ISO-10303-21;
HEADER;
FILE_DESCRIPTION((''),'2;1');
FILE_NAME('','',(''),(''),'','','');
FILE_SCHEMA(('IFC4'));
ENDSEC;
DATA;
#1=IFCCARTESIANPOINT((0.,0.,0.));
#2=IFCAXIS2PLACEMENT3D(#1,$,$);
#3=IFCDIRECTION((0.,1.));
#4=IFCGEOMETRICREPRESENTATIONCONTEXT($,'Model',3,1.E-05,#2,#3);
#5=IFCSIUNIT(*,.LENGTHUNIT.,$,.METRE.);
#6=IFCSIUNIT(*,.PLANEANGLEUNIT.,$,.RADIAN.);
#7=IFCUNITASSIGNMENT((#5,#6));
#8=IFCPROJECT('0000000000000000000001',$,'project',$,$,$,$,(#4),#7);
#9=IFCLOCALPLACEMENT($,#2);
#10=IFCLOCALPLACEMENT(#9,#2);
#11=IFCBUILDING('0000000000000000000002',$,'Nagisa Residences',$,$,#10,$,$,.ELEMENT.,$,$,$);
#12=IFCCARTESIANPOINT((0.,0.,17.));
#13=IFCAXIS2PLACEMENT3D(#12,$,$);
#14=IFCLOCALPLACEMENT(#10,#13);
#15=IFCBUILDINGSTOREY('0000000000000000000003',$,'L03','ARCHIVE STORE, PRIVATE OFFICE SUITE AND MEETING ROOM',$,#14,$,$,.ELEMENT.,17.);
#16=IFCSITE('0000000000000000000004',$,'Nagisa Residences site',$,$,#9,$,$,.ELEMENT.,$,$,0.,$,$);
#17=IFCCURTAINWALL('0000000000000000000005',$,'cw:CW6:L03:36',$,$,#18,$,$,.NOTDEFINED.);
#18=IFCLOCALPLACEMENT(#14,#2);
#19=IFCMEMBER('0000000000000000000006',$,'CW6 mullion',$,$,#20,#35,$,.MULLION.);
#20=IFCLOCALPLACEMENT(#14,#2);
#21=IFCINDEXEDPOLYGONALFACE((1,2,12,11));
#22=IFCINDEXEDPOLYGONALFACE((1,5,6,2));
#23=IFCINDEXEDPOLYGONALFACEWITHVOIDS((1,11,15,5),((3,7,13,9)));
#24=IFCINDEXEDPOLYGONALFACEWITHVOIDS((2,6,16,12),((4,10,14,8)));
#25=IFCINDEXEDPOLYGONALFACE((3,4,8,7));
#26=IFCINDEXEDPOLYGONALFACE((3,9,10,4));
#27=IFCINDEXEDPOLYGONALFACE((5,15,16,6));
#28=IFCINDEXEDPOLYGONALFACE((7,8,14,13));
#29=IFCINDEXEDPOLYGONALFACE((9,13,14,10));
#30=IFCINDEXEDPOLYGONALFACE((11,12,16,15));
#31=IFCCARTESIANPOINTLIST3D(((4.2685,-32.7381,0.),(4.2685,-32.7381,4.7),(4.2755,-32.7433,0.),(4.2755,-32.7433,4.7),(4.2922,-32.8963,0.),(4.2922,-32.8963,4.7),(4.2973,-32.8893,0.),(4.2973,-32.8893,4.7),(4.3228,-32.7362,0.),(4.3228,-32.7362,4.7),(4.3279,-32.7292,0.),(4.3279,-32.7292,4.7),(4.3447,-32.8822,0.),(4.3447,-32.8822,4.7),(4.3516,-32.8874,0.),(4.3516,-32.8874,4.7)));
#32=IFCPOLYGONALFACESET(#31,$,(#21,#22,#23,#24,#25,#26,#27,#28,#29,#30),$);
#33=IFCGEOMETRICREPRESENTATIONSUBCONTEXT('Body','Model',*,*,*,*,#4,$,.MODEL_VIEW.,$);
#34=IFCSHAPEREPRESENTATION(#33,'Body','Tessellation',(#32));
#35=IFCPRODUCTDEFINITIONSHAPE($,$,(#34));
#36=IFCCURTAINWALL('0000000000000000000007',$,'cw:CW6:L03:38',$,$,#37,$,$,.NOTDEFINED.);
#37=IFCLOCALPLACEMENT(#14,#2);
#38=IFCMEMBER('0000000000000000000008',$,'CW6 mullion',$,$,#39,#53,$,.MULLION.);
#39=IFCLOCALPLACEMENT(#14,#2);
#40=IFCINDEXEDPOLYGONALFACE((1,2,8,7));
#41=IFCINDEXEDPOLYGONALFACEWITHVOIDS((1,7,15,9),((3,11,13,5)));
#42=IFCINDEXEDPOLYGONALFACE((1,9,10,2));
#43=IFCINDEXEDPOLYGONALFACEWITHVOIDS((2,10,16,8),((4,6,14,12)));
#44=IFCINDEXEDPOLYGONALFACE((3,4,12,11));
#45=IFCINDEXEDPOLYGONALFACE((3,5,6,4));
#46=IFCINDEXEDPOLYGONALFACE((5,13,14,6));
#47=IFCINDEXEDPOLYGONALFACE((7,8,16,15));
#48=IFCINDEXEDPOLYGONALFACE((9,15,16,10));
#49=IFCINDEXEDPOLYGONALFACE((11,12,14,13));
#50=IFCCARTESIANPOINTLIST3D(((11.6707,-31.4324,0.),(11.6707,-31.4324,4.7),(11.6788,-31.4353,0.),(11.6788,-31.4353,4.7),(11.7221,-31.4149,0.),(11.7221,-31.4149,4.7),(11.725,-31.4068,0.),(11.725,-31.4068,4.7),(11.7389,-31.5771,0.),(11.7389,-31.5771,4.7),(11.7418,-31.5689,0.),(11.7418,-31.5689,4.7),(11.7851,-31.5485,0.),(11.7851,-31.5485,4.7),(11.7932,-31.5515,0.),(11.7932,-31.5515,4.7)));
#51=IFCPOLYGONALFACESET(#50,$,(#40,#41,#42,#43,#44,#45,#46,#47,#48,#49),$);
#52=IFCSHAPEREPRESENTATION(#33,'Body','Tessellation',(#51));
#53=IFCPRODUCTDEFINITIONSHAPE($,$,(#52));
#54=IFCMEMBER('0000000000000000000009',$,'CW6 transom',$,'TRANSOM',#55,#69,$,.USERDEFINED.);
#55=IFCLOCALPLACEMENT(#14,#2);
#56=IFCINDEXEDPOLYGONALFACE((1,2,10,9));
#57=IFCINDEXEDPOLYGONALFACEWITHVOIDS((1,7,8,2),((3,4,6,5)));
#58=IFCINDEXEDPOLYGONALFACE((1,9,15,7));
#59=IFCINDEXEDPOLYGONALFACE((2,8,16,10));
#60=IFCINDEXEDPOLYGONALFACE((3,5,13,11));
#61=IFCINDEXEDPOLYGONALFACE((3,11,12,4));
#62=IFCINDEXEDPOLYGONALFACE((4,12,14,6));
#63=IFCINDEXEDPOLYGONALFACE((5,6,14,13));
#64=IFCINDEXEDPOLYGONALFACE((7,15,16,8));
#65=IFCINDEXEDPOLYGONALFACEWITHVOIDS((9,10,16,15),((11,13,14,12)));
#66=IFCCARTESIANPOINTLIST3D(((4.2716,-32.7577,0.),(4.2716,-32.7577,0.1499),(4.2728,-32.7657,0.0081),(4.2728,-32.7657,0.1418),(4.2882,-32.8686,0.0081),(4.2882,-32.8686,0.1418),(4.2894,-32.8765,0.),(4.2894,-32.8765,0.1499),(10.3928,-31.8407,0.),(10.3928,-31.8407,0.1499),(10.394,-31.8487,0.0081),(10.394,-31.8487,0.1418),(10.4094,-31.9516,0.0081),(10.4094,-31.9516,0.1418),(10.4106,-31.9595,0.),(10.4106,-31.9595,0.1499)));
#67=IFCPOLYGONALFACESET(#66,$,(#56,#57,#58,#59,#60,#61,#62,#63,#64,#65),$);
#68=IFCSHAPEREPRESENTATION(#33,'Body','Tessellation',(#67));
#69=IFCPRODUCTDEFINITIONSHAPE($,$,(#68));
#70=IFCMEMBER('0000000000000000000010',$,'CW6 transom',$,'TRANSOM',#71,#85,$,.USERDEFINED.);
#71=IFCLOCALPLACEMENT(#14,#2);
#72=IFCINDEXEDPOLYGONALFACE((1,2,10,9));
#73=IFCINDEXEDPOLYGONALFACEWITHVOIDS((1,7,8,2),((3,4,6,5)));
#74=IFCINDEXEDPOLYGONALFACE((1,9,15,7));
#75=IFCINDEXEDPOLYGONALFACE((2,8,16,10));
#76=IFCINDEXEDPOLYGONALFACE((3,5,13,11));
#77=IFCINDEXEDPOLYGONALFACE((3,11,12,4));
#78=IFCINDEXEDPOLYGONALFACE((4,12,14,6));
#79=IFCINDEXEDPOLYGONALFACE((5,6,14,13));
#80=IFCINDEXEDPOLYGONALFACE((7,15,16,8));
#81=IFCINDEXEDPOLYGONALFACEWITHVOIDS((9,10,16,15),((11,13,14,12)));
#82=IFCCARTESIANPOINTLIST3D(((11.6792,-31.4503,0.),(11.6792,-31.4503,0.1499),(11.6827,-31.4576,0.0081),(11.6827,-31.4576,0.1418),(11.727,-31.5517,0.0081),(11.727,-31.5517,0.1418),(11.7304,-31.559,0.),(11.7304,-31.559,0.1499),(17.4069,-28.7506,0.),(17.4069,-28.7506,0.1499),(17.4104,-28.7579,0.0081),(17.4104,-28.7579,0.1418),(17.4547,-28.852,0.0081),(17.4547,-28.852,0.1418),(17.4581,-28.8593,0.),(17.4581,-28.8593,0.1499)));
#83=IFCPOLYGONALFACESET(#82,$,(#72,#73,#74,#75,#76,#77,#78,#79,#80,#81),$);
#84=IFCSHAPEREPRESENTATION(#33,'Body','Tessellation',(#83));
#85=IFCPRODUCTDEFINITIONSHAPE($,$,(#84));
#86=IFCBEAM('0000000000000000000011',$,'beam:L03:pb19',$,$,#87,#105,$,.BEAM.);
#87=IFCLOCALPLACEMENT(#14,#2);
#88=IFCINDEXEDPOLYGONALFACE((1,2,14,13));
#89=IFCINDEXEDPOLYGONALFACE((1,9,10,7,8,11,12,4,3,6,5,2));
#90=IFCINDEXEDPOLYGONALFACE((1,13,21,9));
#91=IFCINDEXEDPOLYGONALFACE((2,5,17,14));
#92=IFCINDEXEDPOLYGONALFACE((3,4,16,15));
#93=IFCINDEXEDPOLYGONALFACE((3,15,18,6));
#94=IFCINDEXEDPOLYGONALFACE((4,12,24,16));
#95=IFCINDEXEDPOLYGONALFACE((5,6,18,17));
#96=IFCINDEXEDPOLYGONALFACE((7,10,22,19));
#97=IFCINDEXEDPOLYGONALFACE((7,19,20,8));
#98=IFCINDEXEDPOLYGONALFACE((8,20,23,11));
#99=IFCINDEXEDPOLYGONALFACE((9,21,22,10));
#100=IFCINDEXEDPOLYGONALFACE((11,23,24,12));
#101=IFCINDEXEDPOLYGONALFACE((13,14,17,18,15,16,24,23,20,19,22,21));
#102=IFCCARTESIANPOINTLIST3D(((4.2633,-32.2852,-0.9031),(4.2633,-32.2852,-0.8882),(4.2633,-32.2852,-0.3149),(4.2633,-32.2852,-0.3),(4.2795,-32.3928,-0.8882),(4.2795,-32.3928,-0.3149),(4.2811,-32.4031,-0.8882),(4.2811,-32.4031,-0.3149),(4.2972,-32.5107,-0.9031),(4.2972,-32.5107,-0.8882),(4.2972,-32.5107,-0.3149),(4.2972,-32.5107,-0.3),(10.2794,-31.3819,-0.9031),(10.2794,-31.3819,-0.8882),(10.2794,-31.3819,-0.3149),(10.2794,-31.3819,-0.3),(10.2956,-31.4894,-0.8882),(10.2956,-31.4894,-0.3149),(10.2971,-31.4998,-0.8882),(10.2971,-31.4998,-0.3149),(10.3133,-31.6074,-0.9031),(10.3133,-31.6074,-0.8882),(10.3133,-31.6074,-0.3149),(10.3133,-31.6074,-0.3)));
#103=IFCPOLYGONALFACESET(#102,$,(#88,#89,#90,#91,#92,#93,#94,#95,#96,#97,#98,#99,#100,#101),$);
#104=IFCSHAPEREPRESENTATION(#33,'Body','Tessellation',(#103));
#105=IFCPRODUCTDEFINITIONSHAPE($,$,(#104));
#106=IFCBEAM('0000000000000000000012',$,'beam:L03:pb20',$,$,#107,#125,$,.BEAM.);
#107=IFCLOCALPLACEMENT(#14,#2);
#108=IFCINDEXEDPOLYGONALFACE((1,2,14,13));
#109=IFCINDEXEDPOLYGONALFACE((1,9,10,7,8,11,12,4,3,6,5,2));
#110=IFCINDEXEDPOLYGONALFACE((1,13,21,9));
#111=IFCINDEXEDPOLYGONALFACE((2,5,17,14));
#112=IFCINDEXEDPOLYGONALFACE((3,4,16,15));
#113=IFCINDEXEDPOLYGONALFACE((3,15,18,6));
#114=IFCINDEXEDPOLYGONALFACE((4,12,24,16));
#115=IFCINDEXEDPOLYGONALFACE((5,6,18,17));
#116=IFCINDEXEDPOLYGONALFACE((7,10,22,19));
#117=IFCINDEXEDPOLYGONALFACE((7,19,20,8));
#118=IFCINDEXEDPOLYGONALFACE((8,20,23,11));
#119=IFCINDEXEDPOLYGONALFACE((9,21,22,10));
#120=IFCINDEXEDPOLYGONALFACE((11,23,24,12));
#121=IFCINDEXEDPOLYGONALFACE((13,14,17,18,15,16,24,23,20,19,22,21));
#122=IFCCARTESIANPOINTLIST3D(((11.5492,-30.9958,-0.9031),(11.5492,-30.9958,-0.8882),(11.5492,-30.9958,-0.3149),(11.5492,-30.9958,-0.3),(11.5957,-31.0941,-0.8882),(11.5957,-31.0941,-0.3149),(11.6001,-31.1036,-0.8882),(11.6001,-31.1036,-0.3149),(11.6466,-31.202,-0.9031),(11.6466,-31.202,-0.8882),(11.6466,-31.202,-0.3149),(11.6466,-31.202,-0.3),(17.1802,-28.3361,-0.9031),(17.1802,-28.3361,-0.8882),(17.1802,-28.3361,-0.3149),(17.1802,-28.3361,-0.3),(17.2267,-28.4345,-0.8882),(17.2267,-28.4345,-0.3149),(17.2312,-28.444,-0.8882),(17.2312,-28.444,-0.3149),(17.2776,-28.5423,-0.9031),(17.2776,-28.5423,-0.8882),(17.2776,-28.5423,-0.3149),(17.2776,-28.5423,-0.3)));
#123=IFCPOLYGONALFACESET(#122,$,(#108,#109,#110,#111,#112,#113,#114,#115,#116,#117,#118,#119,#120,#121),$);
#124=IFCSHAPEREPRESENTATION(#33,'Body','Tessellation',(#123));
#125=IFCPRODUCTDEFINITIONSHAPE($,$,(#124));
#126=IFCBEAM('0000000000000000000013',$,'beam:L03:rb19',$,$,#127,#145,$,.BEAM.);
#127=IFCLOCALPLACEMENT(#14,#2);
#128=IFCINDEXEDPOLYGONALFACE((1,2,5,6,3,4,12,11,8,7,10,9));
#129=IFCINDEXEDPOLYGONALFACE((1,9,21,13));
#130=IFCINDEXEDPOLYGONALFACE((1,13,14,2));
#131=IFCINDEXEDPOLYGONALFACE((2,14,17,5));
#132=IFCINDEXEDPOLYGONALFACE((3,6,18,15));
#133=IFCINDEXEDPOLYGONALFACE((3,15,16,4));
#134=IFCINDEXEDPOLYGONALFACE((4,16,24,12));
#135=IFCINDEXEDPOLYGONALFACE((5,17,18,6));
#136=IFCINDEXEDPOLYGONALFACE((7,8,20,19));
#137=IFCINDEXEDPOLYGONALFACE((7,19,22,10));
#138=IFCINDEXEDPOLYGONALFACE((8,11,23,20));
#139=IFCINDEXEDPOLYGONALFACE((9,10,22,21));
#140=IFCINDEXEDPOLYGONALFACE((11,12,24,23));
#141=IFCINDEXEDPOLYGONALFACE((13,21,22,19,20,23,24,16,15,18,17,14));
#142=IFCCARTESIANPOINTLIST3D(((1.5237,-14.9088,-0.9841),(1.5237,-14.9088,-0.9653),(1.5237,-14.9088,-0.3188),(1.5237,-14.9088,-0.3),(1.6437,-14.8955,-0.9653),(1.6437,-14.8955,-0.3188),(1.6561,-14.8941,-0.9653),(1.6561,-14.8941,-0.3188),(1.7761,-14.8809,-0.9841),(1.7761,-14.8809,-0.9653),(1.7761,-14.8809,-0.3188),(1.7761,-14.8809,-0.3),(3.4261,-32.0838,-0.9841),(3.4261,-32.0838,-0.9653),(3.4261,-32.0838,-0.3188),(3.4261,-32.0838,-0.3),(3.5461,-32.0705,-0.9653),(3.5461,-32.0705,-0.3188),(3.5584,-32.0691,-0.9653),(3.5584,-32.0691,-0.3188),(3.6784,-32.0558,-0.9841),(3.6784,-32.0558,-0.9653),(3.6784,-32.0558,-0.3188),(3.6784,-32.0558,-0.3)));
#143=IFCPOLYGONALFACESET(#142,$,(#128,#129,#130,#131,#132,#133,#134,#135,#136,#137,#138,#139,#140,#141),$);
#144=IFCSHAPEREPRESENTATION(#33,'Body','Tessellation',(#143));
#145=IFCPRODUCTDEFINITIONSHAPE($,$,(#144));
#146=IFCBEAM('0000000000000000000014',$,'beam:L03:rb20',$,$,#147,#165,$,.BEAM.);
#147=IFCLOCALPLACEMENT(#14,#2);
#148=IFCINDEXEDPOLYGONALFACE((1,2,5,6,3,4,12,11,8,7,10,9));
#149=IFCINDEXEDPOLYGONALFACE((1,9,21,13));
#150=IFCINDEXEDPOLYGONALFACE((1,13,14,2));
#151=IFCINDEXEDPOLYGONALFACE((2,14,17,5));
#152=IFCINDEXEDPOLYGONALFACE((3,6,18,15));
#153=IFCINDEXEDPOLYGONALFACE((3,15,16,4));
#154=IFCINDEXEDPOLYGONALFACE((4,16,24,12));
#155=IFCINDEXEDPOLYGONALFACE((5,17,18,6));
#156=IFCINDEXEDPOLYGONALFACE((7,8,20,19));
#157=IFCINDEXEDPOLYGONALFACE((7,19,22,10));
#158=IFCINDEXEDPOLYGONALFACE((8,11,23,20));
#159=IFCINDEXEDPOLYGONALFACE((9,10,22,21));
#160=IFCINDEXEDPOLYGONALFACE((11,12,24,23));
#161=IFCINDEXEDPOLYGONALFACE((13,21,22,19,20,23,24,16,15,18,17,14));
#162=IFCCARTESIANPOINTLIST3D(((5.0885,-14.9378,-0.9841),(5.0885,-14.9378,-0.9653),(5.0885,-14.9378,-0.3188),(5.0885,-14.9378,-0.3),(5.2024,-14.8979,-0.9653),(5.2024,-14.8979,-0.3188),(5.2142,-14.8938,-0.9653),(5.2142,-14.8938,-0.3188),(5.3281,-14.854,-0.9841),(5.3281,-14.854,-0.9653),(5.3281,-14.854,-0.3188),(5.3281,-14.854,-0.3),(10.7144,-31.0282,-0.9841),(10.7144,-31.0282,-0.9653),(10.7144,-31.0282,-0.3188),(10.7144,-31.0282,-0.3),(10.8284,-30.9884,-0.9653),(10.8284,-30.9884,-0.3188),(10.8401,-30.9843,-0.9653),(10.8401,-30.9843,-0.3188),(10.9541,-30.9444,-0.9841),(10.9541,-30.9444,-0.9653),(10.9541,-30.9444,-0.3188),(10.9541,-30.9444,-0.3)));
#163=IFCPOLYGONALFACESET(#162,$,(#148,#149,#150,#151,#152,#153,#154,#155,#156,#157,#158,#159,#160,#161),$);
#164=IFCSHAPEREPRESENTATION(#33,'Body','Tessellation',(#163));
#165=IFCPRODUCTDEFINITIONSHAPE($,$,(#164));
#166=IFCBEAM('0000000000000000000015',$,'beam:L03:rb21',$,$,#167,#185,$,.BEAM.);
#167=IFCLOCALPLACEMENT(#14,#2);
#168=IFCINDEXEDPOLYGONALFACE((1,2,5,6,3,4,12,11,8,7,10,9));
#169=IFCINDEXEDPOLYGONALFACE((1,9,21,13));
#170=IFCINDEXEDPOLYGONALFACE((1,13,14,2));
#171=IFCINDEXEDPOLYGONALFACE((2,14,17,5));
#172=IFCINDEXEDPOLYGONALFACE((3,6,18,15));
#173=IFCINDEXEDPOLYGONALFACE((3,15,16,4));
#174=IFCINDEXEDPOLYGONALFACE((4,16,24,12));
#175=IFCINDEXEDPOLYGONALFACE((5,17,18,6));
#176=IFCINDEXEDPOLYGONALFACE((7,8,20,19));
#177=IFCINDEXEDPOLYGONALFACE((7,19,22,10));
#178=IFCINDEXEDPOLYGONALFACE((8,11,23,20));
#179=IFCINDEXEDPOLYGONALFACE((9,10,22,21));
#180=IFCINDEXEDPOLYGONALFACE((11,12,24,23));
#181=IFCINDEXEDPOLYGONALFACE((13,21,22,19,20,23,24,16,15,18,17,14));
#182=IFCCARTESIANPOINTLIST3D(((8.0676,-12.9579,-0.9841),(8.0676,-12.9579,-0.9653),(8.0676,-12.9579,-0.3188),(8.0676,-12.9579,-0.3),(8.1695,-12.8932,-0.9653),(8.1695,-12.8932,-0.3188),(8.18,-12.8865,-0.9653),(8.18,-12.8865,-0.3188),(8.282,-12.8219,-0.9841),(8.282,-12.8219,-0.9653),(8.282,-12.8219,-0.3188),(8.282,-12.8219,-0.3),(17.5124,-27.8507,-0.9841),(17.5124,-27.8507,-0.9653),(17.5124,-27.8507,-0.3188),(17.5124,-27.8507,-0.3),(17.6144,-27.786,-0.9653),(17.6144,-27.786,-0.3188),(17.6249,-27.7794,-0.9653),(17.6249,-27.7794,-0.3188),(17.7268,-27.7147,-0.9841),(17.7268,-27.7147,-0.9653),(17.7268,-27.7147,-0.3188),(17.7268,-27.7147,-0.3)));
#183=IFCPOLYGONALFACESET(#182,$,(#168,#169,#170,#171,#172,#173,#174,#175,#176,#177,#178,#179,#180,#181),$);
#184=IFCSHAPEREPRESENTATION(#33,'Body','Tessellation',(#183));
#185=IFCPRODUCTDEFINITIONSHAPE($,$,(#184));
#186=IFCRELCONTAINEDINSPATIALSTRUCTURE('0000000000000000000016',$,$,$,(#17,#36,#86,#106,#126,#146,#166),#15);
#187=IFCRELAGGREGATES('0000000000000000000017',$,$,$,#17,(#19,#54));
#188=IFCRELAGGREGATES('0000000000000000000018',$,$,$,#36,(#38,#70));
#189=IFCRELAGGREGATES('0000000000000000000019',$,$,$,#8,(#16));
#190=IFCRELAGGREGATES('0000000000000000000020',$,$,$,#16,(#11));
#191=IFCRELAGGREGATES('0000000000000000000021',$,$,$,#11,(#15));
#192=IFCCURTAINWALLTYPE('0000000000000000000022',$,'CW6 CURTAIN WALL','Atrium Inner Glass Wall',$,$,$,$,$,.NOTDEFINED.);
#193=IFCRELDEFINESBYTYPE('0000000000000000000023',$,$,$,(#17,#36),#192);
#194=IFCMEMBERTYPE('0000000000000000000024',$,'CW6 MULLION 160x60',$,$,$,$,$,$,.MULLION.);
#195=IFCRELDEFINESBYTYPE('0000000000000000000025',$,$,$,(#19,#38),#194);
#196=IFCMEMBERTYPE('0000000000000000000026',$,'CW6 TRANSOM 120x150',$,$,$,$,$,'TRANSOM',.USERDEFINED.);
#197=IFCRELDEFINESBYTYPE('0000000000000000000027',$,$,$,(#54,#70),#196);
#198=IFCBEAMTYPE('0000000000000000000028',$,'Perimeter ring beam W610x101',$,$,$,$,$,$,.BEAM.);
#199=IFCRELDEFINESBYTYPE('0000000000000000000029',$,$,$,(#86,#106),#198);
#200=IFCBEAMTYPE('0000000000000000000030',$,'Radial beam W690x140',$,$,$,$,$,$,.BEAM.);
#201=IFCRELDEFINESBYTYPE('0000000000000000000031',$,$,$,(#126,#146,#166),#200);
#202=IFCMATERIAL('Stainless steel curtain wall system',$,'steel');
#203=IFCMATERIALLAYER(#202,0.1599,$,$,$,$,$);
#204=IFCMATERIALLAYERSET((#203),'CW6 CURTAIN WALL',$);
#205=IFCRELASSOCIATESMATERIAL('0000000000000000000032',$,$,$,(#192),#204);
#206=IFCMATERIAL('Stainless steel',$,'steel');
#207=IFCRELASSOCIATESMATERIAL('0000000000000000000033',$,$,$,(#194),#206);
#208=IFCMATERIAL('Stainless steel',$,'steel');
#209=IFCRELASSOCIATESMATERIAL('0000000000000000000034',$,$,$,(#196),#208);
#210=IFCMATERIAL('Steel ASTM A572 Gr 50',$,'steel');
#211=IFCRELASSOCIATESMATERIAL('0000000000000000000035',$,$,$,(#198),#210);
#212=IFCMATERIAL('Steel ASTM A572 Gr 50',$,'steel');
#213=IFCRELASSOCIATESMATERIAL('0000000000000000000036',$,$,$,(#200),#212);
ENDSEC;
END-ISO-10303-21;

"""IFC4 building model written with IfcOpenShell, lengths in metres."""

from ifc_helpers import new_model, si_unit, direction, frame, origin, origin_2d, place, context, subcontext, project, spatial, hollow_rectangle, i_section, extrude, material, layer, layer_set, material_profile, profile_set, type_object, element, aggregate, save


model = new_model("IFC4")

# Units and contexts
model_context = context("Model", 3, precision=1e-05, world=origin(), true_north=direction((0.0, 1.0)))
body_context = subcontext(model_context, "Body", "Model", "MODEL_VIEW")
ifc_project = project(units=[si_unit("LENGTHUNIT", "METRE"), si_unit("PLANEANGLEUNIT", "RADIAN")], contexts=[model_context])

# Site, building, storey
site_placement = place(None, origin())
site = spatial("IfcSite", under=ifc_project, at=site_placement, Name="Nagisa Residences site", CompositionType="ELEMENT", RefElevation=0.0)
building_placement = place(site_placement, origin())
building = spatial("IfcBuilding", under=site, at=building_placement, Name="Nagisa Residences", CompositionType="ELEMENT")
storey_placement = place(building_placement, frame((0.0, 0.0, 17.0)))
storey = spatial("IfcBuildingStorey", under=building, at=storey_placement, Name="L03", Description="ARCHIVE STORE, PRIVATE OFFICE SUITE AND MEETING ROOM", CompositionType="ELEMENT", Elevation=17.0)

# Curtain walls, members
ifc_material_1 = material(Name="Stainless steel curtain wall system", Category="steel")
ifc_layer_1 = layer(ifc_material_1, 0.1599)
ifc_layer_set_1 = layer_set([ifc_layer_1], Name="CW6 CURTAIN WALL")
curtain_wall_type_1 = type_object("IfcCurtainWallType", Name="CW6 CURTAIN WALL", Description="Atrium Inner Glass Wall", PredefinedType="NOTDEFINED", material=ifc_layer_set_1)
curtain_wall_1_placement = place(storey_placement, origin())
curtain_wall_1 = element("IfcCurtainWall", 1, at=curtain_wall_1_placement, inside=storey, type_object=curtain_wall_type_1, Name="cw:CW6:L03:36", PredefinedType="NOTDEFINED")
ifc_material_2 = material(Name="Stainless steel", Category="steel")
ifc_material_profile_1 = material_profile(ifc_material_2, hollow_rectangle(XDim=0.1599, YDim=0.0601, WallThickness=0.0061, at=origin_2d()), Name="CW6 MULLION 160x60")
ifc_profile_set_1 = profile_set([ifc_material_profile_1], Name="Stainless steel")
member_type_1 = type_object("IfcMemberType", Name="CW6 MULLION 160x60", PredefinedType="MULLION", material=ifc_profile_set_1)
member_1_placement = place(storey_placement, frame((4.3101, -32.8127, 0.0), z_axis=(0.0, 0.0, 1.0), x_axis=(-0.148158, 0.988964, 0.0)))
member_1 = element("IfcMember", 2, at=member_1_placement, type_object=member_type_1, Name="CW6 mullion", PredefinedType="MULLION", context=body_context, shape_type="SweptSolid", body=[
    extrude(hollow_rectangle(XDim=0.1599, YDim=0.0601, WallThickness=0.0061, at=origin_2d()), origin(), (0.0, 0.0, 1.0), 4.7),
])
curtain_wall_2_placement = place(storey_placement, origin())
curtain_wall_2 = element("IfcCurtainWall", 3, at=curtain_wall_2_placement, inside=storey, type_object=curtain_wall_type_1, Name="cw:CW6:L03:38", PredefinedType="NOTDEFINED")
member_2_placement = place(storey_placement, frame((11.7319, -31.4919, 0.0), z_axis=(0.0, 0.0, 1.0), x_axis=(-0.426358, 0.904554, 0.0)))
member_2 = element("IfcMember", 4, at=member_2_placement, type_object=member_type_1, Name="CW6 mullion", PredefinedType="MULLION", context=body_context, shape_type="SweptSolid", body=[
    extrude(hollow_rectangle(XDim=0.1599, YDim=0.0601, WallThickness=0.0061, at=origin_2d()), origin(), (0.0, 0.0, 1.0), 4.7),
])

# Members
ifc_material_3 = material(Name="Stainless steel", Category="steel")
ifc_material_profile_2 = material_profile(ifc_material_3, hollow_rectangle(XDim=0.1201, YDim=0.1499, WallThickness=0.0081, at=origin_2d()), Name="CW6 TRANSOM 120x150")
ifc_profile_set_2 = profile_set([ifc_material_profile_2], Name="Stainless steel")
member_type_2 = type_object("IfcMemberType", Name="CW6 TRANSOM 120x150", ElementType="TRANSOM", PredefinedType="USERDEFINED", material=ifc_profile_set_2)
member_3_placement = place(storey_placement, frame((4.2805, -32.8171, 0.075), z_axis=(0.988964, 0.148155, 0.0), x_axis=(-0.148155, 0.988964, 0.0)))
member_3 = element("IfcMember", 5, at=member_3_placement, type_object=member_type_2, Name="CW6 transom", ObjectType="TRANSOM", PredefinedType="USERDEFINED", context=body_context, shape_type="SweptSolid", body=[
    extrude(hollow_rectangle(XDim=0.1201, YDim=0.1499, WallThickness=0.0081, at=origin_2d()), origin(), (0.0, 0.0, 1.0), 6.1895),
])
member_4_placement = place(storey_placement, frame((11.7048, -31.5046, 0.075), z_axis=(0.904558, 0.42635, 0.0), x_axis=(-0.42635, 0.904558, 0.0)))
member_4 = element("IfcMember", 6, at=member_4_placement, type_object=member_type_2, Name="CW6 transom", ObjectType="TRANSOM", PredefinedType="USERDEFINED", context=body_context, shape_type="SweptSolid", body=[
    extrude(hollow_rectangle(XDim=0.1201, YDim=0.1499, WallThickness=0.0081, at=origin_2d()), origin(), (0.0, 0.0, 1.0), 6.332),
])

# Beams
ifc_material_4 = material(Name="Steel ASTM A572 Gr 50", Category="steel")
ifc_material_profile_3 = material_profile(ifc_material_4, i_section(OverallWidth=0.228, OverallDepth=0.603, WebThickness=0.0105, FlangeThickness=0.0149, at=origin_2d()), Name="W610x101")
ifc_profile_set_3 = profile_set([ifc_material_profile_3], Name="Steel ASTM A572 Gr 50")
beam_type_1 = type_object("IfcBeamType", Name="Perimeter ring beam W610x101", PredefinedType="BEAM", material=ifc_profile_set_3)
beam_1_placement = place(storey_placement, frame((4.2803, -32.3979, -0.6016), z_axis=(0.988915, 0.148486, 0.0), x_axis=(-0.148486, 0.988915, 0.0)))
element("IfcBeam", 7, at=beam_1_placement, inside=storey, type_object=beam_type_1, Name="beam:L03:pb19", PredefinedType="BEAM", context=body_context, shape_type="SweptSolid", body=[
    extrude(i_section(OverallWidth=0.228, OverallDepth=0.603, WebThickness=0.0105, FlangeThickness=0.0149, at=origin_2d()), origin(), (0.0, 0.0, 1.0), 6.0835),
])
beam_2_placement = place(storey_placement, frame((11.5979, -31.0989, -0.6016), z_axis=(0.904215, 0.427077, 0.0), x_axis=(-0.427077, 0.904215, 0.0)))
element("IfcBeam", 8, at=beam_2_placement, inside=storey, type_object=beam_type_1, Name="beam:L03:pb20", PredefinedType="BEAM", context=body_context, shape_type="SweptSolid", body=[
    extrude(i_section(OverallWidth=0.228, OverallDepth=0.603, WebThickness=0.0105, FlangeThickness=0.0149, at=origin_2d()), origin(), (0.0, 0.0, 1.0), 6.2275),
])
ifc_material_5 = material(Name="Steel ASTM A572 Gr 50", Category="steel")
ifc_material_profile_4 = material_profile(ifc_material_5, i_section(OverallWidth=0.2539, OverallDepth=0.6841, WebThickness=0.0125, FlangeThickness=0.0188, at=origin_2d()), Name="W690x140")
ifc_profile_set_4 = profile_set([ifc_material_profile_4], Name="Steel ASTM A572 Gr 50")
beam_type_2 = type_object("IfcBeamType", Name="Radial beam W690x140", PredefinedType="BEAM", material=ifc_profile_set_4)
beam_3_placement = place(storey_placement, frame((3.5522, -32.0698, -0.6421), z_axis=(-0.110089, 0.993922, 0.0), x_axis=(-0.993922, -0.110089, 0.0)))
element("IfcBeam", 9, at=beam_3_placement, inside=storey, type_object=beam_type_2, Name="beam:L03:rb19", PredefinedType="BEAM", context=body_context, shape_type="SweptSolid", body=[
    extrude(i_section(OverallWidth=0.2539, OverallDepth=0.6841, WebThickness=0.0125, FlangeThickness=0.0188, at=origin_2d()), origin(), (0.0, 0.0, 1.0), 17.28),
])
beam_4_placement = place(storey_placement, frame((10.8342, -30.9863, -0.6421), z_axis=(-0.330051, 0.943963, 0.0), x_axis=(-0.943963, -0.330051, 0.0)))
element("IfcBeam", 10, at=beam_4_placement, inside=storey, type_object=beam_type_2, Name="beam:L03:rb20", PredefinedType="BEAM", context=body_context, shape_type="SweptSolid", body=[
    extrude(i_section(OverallWidth=0.2539, OverallDepth=0.6841, WebThickness=0.0125, FlangeThickness=0.0188, at=origin_2d()), origin(), (0.0, 0.0, 1.0), 17.0457),
])
beam_5_placement = place(storey_placement, frame((17.6196, -27.7827, -0.6421), z_axis=(-0.535566, 0.844493, 0.0), x_axis=(-0.844493, -0.535566, 0.0)))
element("IfcBeam", 11, at=beam_5_placement, inside=storey, type_object=beam_type_2, Name="beam:L03:rb21", PredefinedType="BEAM", context=body_context, shape_type="SweptSolid", body=[
    extrude(i_section(OverallWidth=0.2539, OverallDepth=0.6841, WebThickness=0.0125, FlangeThickness=0.0188, at=origin_2d()), origin(), (0.0, 0.0, 1.0), 17.6353),
])

aggregate(curtain_wall_1, [member_1, member_3])
aggregate(curtain_wall_2, [member_2, member_4])

save(model, "model.ifc")
